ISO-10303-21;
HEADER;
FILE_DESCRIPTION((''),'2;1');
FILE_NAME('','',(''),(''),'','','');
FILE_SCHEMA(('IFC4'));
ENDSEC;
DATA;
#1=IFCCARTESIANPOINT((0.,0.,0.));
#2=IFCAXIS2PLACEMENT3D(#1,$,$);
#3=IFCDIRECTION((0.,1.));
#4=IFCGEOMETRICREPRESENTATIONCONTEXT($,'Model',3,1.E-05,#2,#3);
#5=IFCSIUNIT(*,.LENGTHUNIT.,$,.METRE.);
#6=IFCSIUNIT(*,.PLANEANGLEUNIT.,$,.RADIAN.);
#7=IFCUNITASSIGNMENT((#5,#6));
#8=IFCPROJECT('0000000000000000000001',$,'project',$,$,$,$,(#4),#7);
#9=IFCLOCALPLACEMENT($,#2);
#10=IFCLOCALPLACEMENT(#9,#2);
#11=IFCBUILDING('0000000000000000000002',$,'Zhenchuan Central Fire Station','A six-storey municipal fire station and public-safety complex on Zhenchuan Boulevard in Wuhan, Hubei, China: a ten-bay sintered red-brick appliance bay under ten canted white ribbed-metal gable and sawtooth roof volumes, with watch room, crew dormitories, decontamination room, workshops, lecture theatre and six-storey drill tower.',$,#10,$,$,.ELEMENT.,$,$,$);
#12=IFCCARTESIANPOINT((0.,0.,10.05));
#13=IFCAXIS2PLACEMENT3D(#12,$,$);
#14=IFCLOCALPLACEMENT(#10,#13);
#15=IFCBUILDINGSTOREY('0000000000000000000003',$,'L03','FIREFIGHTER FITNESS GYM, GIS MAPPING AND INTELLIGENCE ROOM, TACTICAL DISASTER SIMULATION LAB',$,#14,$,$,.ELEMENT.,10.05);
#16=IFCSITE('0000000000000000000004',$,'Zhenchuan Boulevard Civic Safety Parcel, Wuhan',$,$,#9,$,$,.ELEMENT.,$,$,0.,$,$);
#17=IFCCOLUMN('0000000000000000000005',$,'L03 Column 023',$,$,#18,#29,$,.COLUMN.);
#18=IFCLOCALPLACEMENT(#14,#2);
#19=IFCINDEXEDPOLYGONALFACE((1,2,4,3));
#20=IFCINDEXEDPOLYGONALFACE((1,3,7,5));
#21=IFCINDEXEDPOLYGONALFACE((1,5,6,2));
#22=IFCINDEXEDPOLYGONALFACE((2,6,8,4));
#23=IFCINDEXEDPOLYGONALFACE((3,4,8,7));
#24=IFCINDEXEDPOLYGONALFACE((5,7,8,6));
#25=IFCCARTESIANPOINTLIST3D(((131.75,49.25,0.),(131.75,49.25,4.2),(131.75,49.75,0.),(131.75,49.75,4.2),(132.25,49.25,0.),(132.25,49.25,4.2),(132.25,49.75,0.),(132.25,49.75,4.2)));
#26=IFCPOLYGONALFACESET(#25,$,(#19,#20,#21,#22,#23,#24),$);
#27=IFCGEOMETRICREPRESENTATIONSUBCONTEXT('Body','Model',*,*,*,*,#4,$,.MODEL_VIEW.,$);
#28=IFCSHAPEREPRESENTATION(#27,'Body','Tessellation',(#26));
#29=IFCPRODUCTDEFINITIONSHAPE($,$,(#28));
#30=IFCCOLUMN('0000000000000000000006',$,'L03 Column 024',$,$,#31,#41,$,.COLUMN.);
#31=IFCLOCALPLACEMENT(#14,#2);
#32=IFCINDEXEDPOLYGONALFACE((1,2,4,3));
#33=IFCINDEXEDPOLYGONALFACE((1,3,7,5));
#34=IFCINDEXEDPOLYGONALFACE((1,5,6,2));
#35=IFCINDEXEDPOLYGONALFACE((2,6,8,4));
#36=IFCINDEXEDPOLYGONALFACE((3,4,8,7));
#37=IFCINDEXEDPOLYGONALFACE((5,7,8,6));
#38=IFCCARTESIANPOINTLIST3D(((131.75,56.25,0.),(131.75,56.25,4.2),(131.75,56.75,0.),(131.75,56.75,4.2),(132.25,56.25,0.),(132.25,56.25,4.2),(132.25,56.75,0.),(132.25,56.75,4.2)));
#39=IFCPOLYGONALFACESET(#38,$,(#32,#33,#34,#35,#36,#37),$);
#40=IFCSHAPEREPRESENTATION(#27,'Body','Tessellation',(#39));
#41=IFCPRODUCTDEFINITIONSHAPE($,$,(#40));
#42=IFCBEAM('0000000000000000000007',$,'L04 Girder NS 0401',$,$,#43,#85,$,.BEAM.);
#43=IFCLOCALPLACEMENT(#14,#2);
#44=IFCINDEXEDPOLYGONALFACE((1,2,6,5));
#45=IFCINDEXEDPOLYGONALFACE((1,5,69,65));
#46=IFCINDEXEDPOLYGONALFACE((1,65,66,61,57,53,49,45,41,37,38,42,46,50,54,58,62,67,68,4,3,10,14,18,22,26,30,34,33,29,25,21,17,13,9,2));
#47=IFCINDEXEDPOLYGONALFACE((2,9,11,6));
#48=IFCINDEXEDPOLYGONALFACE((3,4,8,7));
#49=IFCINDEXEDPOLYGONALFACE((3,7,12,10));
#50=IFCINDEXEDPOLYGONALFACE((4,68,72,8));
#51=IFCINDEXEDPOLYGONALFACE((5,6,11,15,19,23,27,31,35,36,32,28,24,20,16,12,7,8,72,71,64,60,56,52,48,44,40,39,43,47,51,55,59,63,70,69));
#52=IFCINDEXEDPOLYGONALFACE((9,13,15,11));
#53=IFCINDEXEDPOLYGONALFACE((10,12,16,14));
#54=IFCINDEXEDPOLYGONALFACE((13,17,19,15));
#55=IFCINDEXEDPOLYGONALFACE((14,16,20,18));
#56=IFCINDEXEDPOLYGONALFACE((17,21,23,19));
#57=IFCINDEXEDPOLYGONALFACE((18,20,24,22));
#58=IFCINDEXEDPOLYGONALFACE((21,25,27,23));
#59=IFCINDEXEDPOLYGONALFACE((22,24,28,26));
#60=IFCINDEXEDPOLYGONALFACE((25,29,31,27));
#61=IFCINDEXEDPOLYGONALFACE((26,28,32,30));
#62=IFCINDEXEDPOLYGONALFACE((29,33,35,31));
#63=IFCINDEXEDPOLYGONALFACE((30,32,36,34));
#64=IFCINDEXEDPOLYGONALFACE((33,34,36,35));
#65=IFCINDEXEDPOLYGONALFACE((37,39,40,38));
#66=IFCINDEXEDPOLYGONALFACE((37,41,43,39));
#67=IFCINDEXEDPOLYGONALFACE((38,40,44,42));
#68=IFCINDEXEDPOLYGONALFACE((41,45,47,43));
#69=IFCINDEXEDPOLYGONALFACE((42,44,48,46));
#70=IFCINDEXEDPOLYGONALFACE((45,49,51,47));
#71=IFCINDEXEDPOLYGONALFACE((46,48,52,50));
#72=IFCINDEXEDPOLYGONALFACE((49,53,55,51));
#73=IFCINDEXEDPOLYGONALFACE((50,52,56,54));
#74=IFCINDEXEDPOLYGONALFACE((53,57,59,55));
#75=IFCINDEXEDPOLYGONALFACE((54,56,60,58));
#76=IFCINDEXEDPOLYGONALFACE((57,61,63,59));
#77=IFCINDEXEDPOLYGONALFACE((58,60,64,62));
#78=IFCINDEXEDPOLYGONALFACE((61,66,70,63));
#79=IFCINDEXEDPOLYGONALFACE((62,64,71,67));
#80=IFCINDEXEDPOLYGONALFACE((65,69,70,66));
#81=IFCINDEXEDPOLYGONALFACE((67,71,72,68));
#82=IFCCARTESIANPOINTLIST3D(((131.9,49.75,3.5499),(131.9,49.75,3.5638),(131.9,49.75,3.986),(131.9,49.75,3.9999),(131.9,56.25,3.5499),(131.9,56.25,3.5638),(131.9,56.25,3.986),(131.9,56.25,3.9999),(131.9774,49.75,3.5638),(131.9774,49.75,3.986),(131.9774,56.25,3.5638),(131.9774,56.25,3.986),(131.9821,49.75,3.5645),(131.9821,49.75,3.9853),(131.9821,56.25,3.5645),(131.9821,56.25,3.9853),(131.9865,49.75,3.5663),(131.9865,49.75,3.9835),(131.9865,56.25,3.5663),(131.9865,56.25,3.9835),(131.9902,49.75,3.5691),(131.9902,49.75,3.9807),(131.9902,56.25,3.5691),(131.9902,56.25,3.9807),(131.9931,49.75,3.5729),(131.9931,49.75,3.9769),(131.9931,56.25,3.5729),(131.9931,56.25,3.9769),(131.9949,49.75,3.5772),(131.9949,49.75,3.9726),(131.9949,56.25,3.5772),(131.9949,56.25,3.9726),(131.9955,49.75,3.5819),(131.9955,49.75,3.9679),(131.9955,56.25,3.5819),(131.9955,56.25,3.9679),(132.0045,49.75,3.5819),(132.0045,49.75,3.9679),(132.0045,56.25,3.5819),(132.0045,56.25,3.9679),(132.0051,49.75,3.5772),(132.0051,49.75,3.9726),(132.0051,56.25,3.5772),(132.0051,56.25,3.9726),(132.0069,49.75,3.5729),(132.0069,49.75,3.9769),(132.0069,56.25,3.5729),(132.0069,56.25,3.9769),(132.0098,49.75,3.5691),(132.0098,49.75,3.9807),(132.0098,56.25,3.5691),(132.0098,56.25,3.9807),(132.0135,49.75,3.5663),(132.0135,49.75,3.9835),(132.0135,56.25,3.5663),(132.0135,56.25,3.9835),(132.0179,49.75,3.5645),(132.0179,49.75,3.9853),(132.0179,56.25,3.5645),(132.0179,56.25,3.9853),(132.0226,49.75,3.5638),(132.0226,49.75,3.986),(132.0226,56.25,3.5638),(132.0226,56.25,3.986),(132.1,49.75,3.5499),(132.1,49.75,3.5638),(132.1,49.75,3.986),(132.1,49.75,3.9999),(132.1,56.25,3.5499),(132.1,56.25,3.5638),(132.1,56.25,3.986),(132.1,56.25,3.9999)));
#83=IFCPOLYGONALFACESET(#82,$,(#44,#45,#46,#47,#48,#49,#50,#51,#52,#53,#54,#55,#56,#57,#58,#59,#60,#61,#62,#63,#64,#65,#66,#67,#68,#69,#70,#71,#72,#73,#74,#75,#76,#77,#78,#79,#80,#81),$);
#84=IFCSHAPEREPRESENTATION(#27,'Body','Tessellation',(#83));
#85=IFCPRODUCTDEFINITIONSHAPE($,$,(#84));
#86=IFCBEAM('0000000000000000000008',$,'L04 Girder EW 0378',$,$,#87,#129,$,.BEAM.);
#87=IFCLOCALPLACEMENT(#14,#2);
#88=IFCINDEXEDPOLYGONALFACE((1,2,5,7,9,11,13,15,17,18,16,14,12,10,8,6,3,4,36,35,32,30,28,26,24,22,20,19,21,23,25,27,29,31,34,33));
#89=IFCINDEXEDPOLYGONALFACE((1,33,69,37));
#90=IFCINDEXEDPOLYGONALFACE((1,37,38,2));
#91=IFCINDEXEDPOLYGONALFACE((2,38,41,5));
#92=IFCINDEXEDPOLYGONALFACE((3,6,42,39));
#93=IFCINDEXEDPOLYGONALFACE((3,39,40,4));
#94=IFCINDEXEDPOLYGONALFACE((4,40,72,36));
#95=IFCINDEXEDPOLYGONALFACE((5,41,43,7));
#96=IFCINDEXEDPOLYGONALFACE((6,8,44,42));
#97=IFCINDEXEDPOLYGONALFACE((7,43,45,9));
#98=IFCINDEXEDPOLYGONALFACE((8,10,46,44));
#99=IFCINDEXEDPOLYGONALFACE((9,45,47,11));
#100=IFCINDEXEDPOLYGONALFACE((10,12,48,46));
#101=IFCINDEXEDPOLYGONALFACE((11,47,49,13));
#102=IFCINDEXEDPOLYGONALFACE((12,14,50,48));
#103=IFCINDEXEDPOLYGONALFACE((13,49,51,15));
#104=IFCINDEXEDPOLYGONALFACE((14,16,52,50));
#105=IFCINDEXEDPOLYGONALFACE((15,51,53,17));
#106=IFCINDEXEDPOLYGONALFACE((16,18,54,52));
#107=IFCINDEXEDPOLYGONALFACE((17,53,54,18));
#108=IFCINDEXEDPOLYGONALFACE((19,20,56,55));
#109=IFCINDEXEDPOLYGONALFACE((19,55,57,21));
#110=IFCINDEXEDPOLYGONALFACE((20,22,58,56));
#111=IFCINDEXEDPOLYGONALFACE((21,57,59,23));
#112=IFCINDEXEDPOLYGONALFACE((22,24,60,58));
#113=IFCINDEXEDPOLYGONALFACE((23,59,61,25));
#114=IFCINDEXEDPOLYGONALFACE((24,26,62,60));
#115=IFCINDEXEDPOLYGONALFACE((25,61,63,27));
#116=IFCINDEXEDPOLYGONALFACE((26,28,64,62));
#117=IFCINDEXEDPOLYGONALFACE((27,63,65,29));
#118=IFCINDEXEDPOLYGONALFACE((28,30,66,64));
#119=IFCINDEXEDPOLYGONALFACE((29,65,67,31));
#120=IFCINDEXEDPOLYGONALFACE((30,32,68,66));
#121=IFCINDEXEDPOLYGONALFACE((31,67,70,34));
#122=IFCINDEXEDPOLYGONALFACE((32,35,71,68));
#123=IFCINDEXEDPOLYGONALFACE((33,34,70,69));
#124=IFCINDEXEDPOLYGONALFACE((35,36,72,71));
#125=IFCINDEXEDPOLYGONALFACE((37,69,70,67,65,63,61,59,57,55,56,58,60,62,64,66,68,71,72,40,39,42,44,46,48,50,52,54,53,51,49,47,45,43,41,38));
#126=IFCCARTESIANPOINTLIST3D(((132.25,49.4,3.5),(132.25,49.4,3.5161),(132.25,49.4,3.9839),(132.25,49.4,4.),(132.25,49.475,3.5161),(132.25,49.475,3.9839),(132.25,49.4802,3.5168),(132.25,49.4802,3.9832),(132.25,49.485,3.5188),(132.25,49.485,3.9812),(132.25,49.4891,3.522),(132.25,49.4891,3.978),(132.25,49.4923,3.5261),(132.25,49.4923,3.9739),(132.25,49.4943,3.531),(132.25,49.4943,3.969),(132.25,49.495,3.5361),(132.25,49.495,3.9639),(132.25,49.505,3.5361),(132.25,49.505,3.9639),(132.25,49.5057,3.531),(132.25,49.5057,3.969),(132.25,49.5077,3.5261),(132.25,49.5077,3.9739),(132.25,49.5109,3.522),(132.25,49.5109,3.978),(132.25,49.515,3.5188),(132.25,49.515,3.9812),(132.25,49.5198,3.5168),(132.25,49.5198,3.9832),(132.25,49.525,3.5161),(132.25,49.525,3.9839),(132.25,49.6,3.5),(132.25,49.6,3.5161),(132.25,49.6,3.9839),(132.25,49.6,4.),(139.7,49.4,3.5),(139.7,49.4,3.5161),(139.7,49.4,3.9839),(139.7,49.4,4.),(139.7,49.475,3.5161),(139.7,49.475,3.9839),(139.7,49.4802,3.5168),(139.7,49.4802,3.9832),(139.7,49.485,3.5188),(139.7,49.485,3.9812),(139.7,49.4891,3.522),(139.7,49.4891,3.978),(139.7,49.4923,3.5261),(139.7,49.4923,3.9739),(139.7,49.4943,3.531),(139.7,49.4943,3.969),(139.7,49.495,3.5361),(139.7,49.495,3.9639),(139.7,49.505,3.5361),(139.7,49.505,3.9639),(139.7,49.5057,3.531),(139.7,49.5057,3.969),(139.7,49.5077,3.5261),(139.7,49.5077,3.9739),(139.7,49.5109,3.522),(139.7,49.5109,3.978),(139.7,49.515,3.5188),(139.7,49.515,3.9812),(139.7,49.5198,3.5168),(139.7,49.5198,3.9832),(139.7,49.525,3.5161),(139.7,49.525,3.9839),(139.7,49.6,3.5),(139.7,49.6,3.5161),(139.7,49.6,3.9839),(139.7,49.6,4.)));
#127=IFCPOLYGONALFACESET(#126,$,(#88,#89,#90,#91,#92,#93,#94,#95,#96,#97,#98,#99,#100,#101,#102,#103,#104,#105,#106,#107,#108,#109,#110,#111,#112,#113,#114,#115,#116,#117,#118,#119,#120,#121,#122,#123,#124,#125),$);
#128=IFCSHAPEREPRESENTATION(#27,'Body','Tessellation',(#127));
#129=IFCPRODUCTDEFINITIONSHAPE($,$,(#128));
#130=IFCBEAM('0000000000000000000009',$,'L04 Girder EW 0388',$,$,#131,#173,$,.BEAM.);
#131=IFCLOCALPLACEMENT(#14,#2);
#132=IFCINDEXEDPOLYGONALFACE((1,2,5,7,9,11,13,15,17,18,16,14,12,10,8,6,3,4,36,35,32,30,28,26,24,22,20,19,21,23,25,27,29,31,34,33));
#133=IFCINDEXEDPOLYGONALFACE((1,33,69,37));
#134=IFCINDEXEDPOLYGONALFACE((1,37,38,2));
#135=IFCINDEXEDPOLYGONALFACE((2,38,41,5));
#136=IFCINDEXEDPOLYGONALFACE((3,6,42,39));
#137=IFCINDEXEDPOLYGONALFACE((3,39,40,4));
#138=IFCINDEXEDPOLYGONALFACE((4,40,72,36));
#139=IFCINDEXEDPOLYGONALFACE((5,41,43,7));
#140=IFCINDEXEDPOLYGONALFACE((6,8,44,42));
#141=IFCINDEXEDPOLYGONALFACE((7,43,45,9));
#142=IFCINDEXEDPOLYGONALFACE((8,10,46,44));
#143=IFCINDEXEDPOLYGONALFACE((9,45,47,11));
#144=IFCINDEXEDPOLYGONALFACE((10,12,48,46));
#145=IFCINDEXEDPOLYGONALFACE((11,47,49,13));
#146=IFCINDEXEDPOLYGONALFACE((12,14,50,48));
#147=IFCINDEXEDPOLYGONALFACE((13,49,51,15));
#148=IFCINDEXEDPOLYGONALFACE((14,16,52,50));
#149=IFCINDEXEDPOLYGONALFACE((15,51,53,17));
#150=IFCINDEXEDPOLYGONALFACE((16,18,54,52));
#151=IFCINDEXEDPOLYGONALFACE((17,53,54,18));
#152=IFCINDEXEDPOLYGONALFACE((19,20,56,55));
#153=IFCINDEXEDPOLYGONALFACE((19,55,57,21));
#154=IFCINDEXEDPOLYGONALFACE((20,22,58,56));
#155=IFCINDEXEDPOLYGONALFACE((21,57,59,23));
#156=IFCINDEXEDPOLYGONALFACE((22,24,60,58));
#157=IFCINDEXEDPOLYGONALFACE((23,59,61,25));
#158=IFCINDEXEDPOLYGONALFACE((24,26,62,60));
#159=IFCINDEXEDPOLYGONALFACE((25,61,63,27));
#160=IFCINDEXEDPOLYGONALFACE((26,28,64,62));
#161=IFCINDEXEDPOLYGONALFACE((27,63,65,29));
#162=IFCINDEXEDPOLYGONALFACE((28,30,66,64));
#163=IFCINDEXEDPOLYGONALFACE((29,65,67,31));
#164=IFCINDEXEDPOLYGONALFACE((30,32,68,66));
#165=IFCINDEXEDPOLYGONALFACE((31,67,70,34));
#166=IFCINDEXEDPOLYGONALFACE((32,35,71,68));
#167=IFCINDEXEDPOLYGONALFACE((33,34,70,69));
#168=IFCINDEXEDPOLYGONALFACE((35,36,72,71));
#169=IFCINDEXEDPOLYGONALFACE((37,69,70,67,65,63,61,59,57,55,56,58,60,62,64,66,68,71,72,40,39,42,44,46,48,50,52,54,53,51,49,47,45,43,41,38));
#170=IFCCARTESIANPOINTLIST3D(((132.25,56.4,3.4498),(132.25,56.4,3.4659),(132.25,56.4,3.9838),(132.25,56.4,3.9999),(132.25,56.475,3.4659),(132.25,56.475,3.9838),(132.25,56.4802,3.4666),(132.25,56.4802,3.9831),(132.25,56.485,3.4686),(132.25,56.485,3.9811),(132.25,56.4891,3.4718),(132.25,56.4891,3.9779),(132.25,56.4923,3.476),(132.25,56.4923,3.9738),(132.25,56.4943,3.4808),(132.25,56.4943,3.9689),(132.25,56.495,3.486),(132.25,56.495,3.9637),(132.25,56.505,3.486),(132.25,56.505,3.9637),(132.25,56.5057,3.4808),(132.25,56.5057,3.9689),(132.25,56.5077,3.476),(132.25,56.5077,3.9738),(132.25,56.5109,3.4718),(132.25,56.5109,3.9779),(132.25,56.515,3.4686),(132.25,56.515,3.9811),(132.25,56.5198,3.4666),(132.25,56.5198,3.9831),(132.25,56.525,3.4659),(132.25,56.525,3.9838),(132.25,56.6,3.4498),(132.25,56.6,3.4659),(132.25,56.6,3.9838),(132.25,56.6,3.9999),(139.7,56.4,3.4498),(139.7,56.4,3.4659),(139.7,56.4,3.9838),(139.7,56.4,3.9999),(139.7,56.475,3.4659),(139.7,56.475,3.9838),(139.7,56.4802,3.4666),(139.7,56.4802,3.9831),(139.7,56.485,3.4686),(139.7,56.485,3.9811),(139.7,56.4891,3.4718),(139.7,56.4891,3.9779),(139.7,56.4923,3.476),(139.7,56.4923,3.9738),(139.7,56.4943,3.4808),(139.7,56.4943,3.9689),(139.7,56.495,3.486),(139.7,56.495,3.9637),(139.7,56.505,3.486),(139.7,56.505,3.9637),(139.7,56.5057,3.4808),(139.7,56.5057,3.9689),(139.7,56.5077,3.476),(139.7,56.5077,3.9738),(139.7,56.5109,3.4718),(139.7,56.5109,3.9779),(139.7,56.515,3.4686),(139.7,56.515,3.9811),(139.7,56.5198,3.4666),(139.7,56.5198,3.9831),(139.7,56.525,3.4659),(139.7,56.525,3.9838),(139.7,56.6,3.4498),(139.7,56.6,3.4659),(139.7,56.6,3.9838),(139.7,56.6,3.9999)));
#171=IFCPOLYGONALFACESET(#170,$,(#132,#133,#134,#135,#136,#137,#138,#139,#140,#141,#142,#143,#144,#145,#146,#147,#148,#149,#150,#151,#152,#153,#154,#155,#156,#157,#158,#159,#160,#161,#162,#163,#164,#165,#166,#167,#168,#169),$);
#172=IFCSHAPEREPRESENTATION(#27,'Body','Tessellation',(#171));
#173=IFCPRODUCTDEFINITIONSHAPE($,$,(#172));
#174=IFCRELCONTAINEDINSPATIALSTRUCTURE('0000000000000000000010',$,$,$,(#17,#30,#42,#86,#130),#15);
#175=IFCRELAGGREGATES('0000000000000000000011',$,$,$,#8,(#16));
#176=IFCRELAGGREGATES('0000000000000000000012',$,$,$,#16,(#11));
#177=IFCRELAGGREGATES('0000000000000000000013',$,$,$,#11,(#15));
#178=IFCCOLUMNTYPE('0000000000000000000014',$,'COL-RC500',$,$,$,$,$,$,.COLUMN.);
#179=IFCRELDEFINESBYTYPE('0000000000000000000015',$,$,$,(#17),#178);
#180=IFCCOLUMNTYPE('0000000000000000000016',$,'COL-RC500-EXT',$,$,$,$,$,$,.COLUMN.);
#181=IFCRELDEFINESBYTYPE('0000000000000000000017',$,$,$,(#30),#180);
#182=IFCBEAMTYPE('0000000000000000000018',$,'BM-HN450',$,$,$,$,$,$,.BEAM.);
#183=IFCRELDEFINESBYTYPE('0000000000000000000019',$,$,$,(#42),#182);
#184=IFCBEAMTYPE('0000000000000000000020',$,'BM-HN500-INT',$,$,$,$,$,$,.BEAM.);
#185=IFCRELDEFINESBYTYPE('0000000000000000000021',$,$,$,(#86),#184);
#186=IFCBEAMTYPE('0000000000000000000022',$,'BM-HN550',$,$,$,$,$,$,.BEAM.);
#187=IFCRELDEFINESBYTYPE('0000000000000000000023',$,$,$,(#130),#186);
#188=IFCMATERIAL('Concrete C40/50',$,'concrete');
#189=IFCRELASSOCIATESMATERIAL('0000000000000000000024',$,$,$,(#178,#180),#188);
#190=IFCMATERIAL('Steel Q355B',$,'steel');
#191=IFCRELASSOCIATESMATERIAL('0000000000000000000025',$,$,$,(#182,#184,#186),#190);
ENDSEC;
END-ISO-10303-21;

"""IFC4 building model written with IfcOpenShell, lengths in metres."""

from ifc_helpers import new_model, si_unit, direction, frame, origin, origin_2d, place, context, subcontext, project, spatial, rectangle, i_section, extrude, material, material_profile, profile_set, type_object, element, save


model = new_model("IFC4")

# Units and contexts
model_context = context("Model", 3, precision=1e-05, world=origin(), true_north=direction((0.0, 1.0)))
body_context = subcontext(model_context, "Body", "Model", "MODEL_VIEW")
ifc_project = project(units=[si_unit("LENGTHUNIT", "METRE"), si_unit("PLANEANGLEUNIT", "RADIAN")], contexts=[model_context])

# Site, building, storey
site_placement = place(None, origin())
site = spatial("IfcSite", under=ifc_project, at=site_placement, Name="Zhenchuan Boulevard Civic Safety Parcel, Wuhan", CompositionType="ELEMENT", RefElevation=0.0)
building_placement = place(site_placement, origin())
building = spatial("IfcBuilding", under=site, at=building_placement, Name="Zhenchuan Central Fire Station", Description="A six-storey municipal fire station and public-safety complex on Zhenchuan Boulevard in Wuhan, Hubei, China: a ten-bay sintered red-brick appliance bay under ten canted white ribbed-metal gable and sawtooth roof volumes, with watch room, crew dormitories, decontamination room, workshops, lecture theatre and six-storey drill tower.", CompositionType="ELEMENT")
storey_placement = place(building_placement, frame((0.0, 0.0, 10.05)))
storey = spatial("IfcBuildingStorey", under=building, at=storey_placement, Name="L03", Description="FIREFIGHTER FITNESS GYM, GIS MAPPING AND INTELLIGENCE ROOM, TACTICAL DISASTER SIMULATION LAB", CompositionType="ELEMENT", Elevation=10.05)

# Columns
ifc_material_1 = material(Name="Concrete C40/50", Category="concrete")
ifc_material_profile_1 = material_profile(ifc_material_1, rectangle(XDim=0.5, YDim=0.5, at=origin_2d()), Name="RC 500x500")
ifc_profile_set_1 = profile_set([ifc_material_profile_1], Name="Concrete C40/50")
column_type_1 = type_object("IfcColumnType", Name="COL-RC500", PredefinedType="COLUMN", material=ifc_profile_set_1)
column_1_placement = place(storey_placement, frame((132.0, 49.5, 0.0), z_axis=(0.0, 0.0, 1.0), x_axis=(1.0, 0.0, 0.0)))
element("IfcColumn", 1, at=column_1_placement, inside=storey, type_object=column_type_1, Name="L03 Column 023", PredefinedType="COLUMN", context=body_context, shape_type="SweptSolid", body=[
    extrude(rectangle(XDim=0.5, YDim=0.5, at=origin_2d()), origin(), (0.0, 0.0, 1.0), 4.2),
])
ifc_material_profile_2 = material_profile(ifc_material_1, rectangle(XDim=0.5, YDim=0.5, at=origin_2d()), Name="RC 500x500")
ifc_profile_set_2 = profile_set([ifc_material_profile_2], Name="Concrete C40/50")
column_type_2 = type_object("IfcColumnType", Name="COL-RC500-EXT", PredefinedType="COLUMN", material=ifc_profile_set_2)
column_2_placement = place(storey_placement, frame((132.0, 56.5, 0.0), z_axis=(0.0, 0.0, 1.0), x_axis=(1.0, 0.0, 0.0)))
element("IfcColumn", 2, at=column_2_placement, inside=storey, type_object=column_type_2, Name="L03 Column 024", PredefinedType="COLUMN", context=body_context, shape_type="SweptSolid", body=[
    extrude(rectangle(XDim=0.5, YDim=0.5, at=origin_2d()), origin(), (0.0, 0.0, 1.0), 4.2),
])

# Beams
ifc_material_2 = material(Name="Steel Q355B", Category="steel")
ifc_material_profile_3 = material_profile(ifc_material_2, i_section(OverallWidth=0.2, OverallDepth=0.45, WebThickness=0.009, FlangeThickness=0.0139, FilletRadius=0.0181, at=origin_2d()), Name="HN 450x200")
ifc_profile_set_3 = profile_set([ifc_material_profile_3], Name="Steel Q355B")
beam_type_1 = type_object("IfcBeamType", Name="BM-HN450", PredefinedType="BEAM", material=ifc_profile_set_3)
beam_1_placement = place(storey_placement, frame((132.0, 49.75, 3.7749), z_axis=(0.0, 1.0, 0.0), x_axis=(-1.0, 0.0, 0.0)))
element("IfcBeam", 3, at=beam_1_placement, inside=storey, type_object=beam_type_1, Name="L04 Girder NS 0401", PredefinedType="BEAM", context=body_context, shape_type="SweptSolid", body=[
    extrude(i_section(OverallWidth=0.2, OverallDepth=0.45, WebThickness=0.009, FlangeThickness=0.0139, FilletRadius=0.0181, at=origin_2d()), origin(), (0.0, 0.0, 1.0), 6.5),
])
ifc_material_profile_4 = material_profile(ifc_material_2, i_section(OverallWidth=0.2, OverallDepth=0.5, WebThickness=0.01, FlangeThickness=0.0161, FilletRadius=0.02, at=origin_2d()), Name="HN 500x200")
ifc_profile_set_4 = profile_set([ifc_material_profile_4], Name="Steel Q355B")
beam_type_2 = type_object("IfcBeamType", Name="BM-HN500-INT", PredefinedType="BEAM", material=ifc_profile_set_4)
beam_2_placement = place(storey_placement, frame((132.25, 49.5, 3.75), z_axis=(1.0, 0.0, 0.0), x_axis=(0.0, 1.0, 0.0)))
element("IfcBeam", 4, at=beam_2_placement, inside=storey, type_object=beam_type_2, Name="L04 Girder EW 0378", PredefinedType="BEAM", context=body_context, shape_type="SweptSolid", body=[
    extrude(i_section(OverallWidth=0.2, OverallDepth=0.5, WebThickness=0.01, FlangeThickness=0.0161, FilletRadius=0.02, at=origin_2d()), origin(), (0.0, 0.0, 1.0), 7.45),
])
ifc_material_profile_5 = material_profile(ifc_material_2, i_section(OverallWidth=0.2, OverallDepth=0.55, WebThickness=0.01, FlangeThickness=0.0161, FilletRadius=0.02, at=origin_2d()), Name="HN 550x200")
ifc_profile_set_5 = profile_set([ifc_material_profile_5], Name="Steel Q355B")
beam_type_3 = type_object("IfcBeamType", Name="BM-HN550", PredefinedType="BEAM", material=ifc_profile_set_5)
beam_3_placement = place(storey_placement, frame((132.25, 56.5, 3.7249), z_axis=(1.0, 0.0, 0.0), x_axis=(0.0, 1.0, 0.0)))
element("IfcBeam", 5, at=beam_3_placement, inside=storey, type_object=beam_type_3, Name="L04 Girder EW 0388", PredefinedType="BEAM", context=body_context, shape_type="SweptSolid", body=[
    extrude(i_section(OverallWidth=0.2, OverallDepth=0.55, WebThickness=0.01, FlangeThickness=0.0161, FilletRadius=0.02, at=origin_2d()), origin(), (0.0, 0.0, 1.0), 7.45),
])

save(model, "model.ifc")
